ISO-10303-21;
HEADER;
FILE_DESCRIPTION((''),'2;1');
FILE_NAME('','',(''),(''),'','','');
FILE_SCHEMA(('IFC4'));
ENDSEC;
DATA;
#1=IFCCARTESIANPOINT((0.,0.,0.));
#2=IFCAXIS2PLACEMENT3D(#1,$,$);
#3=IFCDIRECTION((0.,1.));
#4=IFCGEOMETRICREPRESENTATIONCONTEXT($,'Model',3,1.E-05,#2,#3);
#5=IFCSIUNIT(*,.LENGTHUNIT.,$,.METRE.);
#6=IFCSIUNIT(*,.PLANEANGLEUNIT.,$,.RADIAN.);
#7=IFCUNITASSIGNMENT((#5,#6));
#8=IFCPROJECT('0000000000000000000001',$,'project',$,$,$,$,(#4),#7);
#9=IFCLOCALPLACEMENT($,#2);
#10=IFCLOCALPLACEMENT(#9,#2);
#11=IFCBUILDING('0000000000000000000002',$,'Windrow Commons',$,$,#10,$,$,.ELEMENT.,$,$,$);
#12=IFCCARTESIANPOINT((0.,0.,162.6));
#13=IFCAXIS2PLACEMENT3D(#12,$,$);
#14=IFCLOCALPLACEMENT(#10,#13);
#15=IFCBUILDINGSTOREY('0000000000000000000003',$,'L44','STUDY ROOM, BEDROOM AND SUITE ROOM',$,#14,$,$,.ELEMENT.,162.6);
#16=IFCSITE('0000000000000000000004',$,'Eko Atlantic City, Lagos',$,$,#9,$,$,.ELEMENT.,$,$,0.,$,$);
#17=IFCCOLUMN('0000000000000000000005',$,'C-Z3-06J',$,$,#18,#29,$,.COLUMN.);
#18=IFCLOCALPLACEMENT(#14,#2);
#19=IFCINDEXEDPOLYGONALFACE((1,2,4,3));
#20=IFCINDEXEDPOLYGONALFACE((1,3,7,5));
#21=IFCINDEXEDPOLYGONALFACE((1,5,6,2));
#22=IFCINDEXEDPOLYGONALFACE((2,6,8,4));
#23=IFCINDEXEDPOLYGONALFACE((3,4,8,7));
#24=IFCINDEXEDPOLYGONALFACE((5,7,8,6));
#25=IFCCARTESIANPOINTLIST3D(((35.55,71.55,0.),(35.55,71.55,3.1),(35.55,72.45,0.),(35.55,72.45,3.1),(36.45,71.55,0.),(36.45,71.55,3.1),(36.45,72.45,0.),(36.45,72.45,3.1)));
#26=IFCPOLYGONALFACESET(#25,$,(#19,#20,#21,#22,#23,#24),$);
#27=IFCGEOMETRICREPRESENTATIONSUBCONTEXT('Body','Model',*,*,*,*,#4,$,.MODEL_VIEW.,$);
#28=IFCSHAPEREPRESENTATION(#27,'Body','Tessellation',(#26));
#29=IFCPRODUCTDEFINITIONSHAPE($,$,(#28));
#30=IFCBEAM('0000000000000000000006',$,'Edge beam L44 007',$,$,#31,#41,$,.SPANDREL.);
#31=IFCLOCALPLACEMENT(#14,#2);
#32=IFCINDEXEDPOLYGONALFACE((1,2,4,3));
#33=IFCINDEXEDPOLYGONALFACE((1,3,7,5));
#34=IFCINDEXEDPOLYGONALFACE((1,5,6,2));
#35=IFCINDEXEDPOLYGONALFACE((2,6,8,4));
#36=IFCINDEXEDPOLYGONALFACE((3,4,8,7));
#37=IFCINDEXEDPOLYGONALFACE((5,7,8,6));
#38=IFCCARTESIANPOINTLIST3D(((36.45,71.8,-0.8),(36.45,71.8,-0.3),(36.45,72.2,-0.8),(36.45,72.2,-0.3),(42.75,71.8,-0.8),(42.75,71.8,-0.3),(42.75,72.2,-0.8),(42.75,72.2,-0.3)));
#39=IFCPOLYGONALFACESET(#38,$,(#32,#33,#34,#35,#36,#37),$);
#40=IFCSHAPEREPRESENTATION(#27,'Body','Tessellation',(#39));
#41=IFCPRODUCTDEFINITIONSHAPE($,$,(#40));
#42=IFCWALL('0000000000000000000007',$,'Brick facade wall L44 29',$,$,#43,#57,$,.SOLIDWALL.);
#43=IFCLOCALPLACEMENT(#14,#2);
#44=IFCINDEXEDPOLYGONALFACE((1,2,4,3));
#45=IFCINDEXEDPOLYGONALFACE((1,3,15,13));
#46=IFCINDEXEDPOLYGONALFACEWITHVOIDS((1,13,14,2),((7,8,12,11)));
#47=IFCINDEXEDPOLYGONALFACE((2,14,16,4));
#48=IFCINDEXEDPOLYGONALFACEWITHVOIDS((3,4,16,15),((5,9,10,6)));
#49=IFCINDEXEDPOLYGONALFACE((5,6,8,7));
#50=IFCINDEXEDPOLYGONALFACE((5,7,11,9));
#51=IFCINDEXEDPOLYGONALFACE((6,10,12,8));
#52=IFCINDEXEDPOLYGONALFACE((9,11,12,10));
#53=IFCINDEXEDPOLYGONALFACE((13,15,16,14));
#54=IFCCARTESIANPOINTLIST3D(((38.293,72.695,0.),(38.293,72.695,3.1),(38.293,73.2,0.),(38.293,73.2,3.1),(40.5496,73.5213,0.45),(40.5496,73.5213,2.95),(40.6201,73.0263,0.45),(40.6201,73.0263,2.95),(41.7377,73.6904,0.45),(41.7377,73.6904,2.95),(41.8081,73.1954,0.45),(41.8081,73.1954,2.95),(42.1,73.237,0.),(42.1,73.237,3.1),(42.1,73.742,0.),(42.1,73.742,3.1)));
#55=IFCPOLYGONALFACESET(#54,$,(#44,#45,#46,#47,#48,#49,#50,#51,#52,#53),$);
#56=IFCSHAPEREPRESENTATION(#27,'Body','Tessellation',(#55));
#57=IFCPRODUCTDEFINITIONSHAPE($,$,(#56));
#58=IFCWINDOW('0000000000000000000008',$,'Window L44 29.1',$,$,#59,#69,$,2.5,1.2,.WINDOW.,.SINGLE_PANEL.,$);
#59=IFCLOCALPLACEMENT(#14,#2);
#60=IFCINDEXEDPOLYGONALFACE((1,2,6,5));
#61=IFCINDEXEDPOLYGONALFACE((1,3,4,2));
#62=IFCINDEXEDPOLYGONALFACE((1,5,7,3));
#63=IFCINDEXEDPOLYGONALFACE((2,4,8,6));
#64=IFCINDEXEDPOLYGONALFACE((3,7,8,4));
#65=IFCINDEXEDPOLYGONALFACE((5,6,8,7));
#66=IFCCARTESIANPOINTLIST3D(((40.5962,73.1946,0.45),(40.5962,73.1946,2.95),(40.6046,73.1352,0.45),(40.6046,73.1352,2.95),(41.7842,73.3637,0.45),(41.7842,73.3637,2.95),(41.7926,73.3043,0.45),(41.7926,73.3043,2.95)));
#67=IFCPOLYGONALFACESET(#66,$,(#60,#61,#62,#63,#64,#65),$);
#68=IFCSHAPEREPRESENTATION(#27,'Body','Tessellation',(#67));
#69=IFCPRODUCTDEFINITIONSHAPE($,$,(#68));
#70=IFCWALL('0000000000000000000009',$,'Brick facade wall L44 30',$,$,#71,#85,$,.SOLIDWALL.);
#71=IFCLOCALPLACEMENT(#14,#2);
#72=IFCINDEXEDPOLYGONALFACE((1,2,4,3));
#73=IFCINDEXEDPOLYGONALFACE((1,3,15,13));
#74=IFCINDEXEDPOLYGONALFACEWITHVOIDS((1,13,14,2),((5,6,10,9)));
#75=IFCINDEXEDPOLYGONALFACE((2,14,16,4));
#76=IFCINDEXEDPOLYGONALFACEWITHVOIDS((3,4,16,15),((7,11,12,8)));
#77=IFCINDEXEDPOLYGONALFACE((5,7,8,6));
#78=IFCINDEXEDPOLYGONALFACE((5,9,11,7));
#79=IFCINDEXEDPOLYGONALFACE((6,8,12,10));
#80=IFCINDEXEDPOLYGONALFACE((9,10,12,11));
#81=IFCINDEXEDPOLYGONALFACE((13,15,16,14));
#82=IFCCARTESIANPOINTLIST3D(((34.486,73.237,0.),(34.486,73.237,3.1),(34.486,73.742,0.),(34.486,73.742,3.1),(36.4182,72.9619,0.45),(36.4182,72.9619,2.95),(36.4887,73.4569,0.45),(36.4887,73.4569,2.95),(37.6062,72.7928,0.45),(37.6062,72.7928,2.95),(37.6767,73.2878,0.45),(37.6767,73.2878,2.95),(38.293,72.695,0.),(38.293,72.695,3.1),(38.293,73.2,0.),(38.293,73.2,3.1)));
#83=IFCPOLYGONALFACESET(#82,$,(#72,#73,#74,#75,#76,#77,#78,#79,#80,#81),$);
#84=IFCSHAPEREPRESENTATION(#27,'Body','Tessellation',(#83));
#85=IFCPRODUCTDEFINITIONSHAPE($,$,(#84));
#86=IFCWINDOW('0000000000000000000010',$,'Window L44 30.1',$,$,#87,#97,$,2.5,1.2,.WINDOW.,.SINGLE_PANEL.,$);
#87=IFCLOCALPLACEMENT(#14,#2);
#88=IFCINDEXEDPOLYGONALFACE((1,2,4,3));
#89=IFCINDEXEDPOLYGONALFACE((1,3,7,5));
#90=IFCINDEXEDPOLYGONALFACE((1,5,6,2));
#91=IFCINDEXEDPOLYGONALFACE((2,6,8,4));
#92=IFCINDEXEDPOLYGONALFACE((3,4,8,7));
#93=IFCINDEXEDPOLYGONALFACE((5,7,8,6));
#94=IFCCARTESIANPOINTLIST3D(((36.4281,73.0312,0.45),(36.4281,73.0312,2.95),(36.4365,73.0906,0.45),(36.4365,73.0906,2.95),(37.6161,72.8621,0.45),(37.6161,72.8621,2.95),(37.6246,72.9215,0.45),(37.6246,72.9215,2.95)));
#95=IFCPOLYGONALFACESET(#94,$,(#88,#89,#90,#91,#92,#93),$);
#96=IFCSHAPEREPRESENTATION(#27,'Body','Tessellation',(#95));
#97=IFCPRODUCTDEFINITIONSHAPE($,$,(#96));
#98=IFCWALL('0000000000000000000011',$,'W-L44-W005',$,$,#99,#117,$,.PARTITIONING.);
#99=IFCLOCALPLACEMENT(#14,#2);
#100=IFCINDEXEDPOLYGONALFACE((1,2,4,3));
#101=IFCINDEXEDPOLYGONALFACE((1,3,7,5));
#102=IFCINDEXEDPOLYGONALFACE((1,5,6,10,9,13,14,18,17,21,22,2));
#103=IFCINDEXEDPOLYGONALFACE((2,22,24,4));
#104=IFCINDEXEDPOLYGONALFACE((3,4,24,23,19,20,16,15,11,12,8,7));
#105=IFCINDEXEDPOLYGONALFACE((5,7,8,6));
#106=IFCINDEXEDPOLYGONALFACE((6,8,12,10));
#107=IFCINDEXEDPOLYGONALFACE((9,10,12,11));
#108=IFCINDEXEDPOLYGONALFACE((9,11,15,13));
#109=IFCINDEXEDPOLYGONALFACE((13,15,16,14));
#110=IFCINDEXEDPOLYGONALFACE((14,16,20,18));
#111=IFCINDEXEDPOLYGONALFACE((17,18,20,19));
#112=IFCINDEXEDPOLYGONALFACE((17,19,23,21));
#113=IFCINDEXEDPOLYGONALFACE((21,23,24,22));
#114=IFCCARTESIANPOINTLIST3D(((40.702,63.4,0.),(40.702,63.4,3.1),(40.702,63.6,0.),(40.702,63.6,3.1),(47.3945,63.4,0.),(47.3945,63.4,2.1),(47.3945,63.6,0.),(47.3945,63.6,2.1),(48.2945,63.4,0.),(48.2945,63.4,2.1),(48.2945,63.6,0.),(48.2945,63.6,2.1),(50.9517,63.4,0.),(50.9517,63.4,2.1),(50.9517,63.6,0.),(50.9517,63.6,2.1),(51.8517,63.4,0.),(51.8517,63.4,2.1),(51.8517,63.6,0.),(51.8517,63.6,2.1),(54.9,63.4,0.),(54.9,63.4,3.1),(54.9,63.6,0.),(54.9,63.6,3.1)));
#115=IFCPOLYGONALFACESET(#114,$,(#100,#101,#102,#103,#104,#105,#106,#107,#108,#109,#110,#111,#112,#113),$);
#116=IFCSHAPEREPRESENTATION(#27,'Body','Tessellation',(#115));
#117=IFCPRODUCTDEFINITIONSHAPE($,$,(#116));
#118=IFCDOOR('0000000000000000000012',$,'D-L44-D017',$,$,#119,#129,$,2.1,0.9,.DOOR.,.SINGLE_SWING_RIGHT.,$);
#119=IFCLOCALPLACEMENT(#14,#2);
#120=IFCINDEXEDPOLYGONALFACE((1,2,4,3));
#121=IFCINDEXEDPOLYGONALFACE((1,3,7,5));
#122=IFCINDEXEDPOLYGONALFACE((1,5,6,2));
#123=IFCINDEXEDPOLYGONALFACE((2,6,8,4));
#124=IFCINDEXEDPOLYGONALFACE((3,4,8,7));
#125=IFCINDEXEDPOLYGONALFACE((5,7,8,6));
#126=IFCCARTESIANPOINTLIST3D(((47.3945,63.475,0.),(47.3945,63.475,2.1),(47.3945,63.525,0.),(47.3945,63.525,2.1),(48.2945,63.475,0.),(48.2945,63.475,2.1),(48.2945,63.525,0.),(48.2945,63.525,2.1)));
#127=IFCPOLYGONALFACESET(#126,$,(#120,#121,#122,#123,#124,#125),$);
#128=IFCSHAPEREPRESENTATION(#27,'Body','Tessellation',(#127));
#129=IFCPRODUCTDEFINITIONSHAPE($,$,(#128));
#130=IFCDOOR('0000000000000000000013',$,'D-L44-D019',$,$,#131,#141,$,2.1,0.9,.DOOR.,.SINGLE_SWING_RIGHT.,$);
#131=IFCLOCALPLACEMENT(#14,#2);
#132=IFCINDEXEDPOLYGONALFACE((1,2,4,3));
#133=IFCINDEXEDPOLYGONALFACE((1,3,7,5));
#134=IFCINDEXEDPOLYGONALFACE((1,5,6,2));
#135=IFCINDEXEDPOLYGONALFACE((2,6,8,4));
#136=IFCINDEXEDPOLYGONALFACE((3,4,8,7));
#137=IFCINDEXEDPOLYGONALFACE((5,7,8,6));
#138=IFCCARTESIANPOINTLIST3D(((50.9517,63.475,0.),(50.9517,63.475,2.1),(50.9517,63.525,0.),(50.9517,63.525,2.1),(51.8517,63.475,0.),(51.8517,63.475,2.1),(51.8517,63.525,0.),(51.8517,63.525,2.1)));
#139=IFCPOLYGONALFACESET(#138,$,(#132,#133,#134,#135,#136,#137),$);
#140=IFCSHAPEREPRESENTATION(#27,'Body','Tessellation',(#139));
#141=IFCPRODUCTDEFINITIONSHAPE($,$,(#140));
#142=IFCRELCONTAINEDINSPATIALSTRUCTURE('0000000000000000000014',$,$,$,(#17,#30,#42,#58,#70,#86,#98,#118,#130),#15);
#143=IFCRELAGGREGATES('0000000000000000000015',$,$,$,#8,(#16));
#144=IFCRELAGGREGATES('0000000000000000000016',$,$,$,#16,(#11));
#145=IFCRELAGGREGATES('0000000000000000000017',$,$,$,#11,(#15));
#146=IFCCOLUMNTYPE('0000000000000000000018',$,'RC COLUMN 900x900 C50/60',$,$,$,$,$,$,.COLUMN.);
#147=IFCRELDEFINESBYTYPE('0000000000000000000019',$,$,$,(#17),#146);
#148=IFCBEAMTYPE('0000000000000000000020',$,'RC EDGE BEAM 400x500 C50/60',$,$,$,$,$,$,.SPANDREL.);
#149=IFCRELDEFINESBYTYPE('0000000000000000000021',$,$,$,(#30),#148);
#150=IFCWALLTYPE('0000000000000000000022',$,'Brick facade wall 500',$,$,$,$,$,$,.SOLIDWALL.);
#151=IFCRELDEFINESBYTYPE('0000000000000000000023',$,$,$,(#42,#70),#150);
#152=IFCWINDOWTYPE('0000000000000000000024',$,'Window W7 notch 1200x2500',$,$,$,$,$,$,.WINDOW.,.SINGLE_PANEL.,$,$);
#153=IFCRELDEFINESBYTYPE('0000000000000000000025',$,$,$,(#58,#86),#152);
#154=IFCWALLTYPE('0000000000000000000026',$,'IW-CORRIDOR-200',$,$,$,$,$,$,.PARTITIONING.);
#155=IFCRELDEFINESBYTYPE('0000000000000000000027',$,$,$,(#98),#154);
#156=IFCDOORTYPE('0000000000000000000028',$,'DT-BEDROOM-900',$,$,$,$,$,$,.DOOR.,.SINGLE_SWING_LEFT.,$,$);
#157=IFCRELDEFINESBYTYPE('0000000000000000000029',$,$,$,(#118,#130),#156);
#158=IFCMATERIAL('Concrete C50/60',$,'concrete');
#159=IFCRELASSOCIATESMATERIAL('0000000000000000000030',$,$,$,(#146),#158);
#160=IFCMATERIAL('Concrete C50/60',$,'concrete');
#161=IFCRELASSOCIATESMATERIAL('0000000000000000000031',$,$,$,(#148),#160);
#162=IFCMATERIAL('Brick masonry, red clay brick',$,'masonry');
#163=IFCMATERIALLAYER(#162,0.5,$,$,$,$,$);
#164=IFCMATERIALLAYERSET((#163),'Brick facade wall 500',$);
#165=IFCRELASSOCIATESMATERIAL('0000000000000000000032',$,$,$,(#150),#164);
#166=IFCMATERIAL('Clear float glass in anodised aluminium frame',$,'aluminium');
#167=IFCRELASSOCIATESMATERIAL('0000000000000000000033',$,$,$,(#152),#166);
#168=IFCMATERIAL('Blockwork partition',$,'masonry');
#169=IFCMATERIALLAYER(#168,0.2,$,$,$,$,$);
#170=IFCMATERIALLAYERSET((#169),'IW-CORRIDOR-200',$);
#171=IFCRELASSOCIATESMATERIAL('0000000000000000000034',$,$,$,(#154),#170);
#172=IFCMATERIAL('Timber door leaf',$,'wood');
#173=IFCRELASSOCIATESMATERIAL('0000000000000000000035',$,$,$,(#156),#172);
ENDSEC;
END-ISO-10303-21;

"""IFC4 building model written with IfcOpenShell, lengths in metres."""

from ifc_helpers import new_model, si_unit, direction, frame, frame_2d, origin, origin_2d, place, context, subcontext, project, spatial, polyline, rectangle, outline, extrude, material, layer, layer_set, material_profile, profile_set, type_object, element, fill, save


model = new_model("IFC4")

# Units and contexts
model_context = context("Model", 3, precision=1e-05, world=origin(), true_north=direction((0.0, 1.0)))
body_context = subcontext(model_context, "Body", "Model", "MODEL_VIEW")
ifc_project = project(units=[si_unit("LENGTHUNIT", "METRE"), si_unit("PLANEANGLEUNIT", "RADIAN")], contexts=[model_context])

# Site, building, storey
site_placement = place(None, origin())
site = spatial("IfcSite", under=ifc_project, at=site_placement, Name="Eko Atlantic City, Lagos", CompositionType="ELEMENT", RefElevation=0.0)
building_placement = place(site_placement, origin())
building = spatial("IfcBuilding", under=site, at=building_placement, Name="Windrow Commons", CompositionType="ELEMENT")
storey_placement = place(building_placement, frame((0.0, 0.0, 162.6)))
storey = spatial("IfcBuildingStorey", under=building, at=storey_placement, Name="L44", Description="STUDY ROOM, BEDROOM AND SUITE ROOM", CompositionType="ELEMENT", Elevation=162.6)

# Column
ifc_material_1 = material(Name="Concrete C50/60", Category="concrete")
ifc_material_profile_1 = material_profile(ifc_material_1, rectangle(XDim=0.9, YDim=0.9, at=origin_2d()))
ifc_profile_set_1 = profile_set([ifc_material_profile_1], Name="Concrete C50/60")
column_type = type_object("IfcColumnType", Name="RC COLUMN 900x900 C50/60", PredefinedType="COLUMN", material=ifc_profile_set_1)
column_placement = place(storey_placement, frame((36.0, 72.0, 0.0), z_axis=(0.0, 0.0, 1.0), x_axis=(1.0, 0.0, 0.0)))
element("IfcColumn", 1, at=column_placement, inside=storey, type_object=column_type, Name="C-Z3-06J", PredefinedType="COLUMN", context=body_context, shape_type="SweptSolid", body=[
    extrude(rectangle(XDim=0.9, YDim=0.9, at=origin_2d()), origin(), (0.0, 0.0, 1.0), 3.1),
])

# Beam
ifc_material_2 = material(Name="Concrete C50/60", Category="concrete")
ifc_material_profile_2 = material_profile(ifc_material_2, rectangle(XDim=0.4, YDim=0.5, at=origin_2d()))
ifc_profile_set_2 = profile_set([ifc_material_profile_2], Name="Concrete C50/60")
beam_type = type_object("IfcBeamType", Name="RC EDGE BEAM 400x500 C50/60", PredefinedType="SPANDREL", material=ifc_profile_set_2)
beam_placement = place(storey_placement, frame((36.45, 72.0, -0.55), z_axis=(1.0, 0.0, 0.0), x_axis=(0.0, 1.0, 0.0)))
element("IfcBeam", 2, at=beam_placement, inside=storey, type_object=beam_type, Name="Edge beam L44 007", PredefinedType="SPANDREL", context=body_context, shape_type="SweptSolid", body=[
    extrude(rectangle(XDim=0.4, YDim=0.5, at=origin_2d()), origin(), (0.0, 0.0, 1.0), 6.3),
])

# Walls, openings, windows
ifc_material_3 = material(Name="Brick masonry, red clay brick", Category="masonry")
ifc_layer_1 = layer(ifc_material_3, 0.5)
ifc_layer_set_1 = layer_set([ifc_layer_1], Name="Brick facade wall 500")
wall_type_1 = type_object("IfcWallType", Name="Brick facade wall 500", PredefinedType="SOLIDWALL", material=ifc_layer_set_1)
wall_1_placement = place(storey_placement, frame((42.1, 73.4895, 0.0), z_axis=(0.0, 0.0, 1.0), x_axis=(-0.990017, -0.140948, 0.0)))
wall_1 = element("IfcWall", 3, at=wall_1_placement, inside=storey, type_object=wall_type_1, Name="Brick facade wall L44 29", PredefinedType="SOLIDWALL", context=body_context, shape_type="SweptSolid", body=[
    extrude(outline(polyline([(-0.0356, -0.25), (3.8098, -0.25), (3.881, 0.25), (0.0356, 0.25), (-0.0356, -0.25)])), origin(), (0.0, 0.0, 1.0), 3.1),
])
opening_1_placement = place(wall_1_placement, frame((0.3304, 0.0, 0.45)))
opening_1 = element("IfcOpeningElement", 4, at=opening_1_placement, cuts=wall_1, PredefinedType="OPENING", context=body_context, shape_type="SweptSolid", body=[
    extrude(rectangle(XDim=1.2, YDim=2.5, at=frame_2d((0.6, 1.25))), frame((0.0, 0.26, 0.0), z_axis=(0.0, -1.0, 0.0), x_axis=(1.0, 0.0, 0.0)), (0.0, 0.0, 1.0), 0.52),
])
ifc_material_4 = material(Name="Clear float glass in anodised aluminium frame", Category="aluminium")
window_type = type_object("IfcWindowType", Name="Window W7 notch 1200x2500", PartitioningType="SINGLE_PANEL", PredefinedType="WINDOW", material=ifc_material_4)
window_1_placement = place(opening_1_placement, origin())
window_1 = element("IfcWindow", 5, at=window_1_placement, inside=storey, type_object=window_type, Name="Window L44 29.1", OverallHeight=2.5, OverallWidth=1.2, PartitioningType="SINGLE_PANEL", PredefinedType="WINDOW", context=body_context, shape_type="SweptSolid", body=[
    extrude(rectangle(XDim=1.2, YDim=2.5, at=frame_2d((0.6, 1.25))), frame((0.0, 0.14, 0.0), z_axis=(0.0, -1.0, 0.0), x_axis=(1.0, 0.0, 0.0)), (0.0, 0.0, 1.0), 0.06),
])
fill(opening_1, window_1)
wall_2_placement = place(storey_placement, frame((38.293, 72.9475, 0.0), z_axis=(0.0, 0.0, 1.0), x_axis=(-0.990017, 0.140948, 0.0)))
wall_2 = element("IfcWall", 6, at=wall_2_placement, inside=storey, type_object=wall_type_1, Name="Brick facade wall L44 30", PredefinedType="SOLIDWALL", context=body_context, shape_type="SweptSolid", body=[
    extrude(outline(polyline([(0.0356, -0.25), (3.881, -0.25), (3.8098, 0.25), (-0.0356, 0.25), (0.0356, -0.25)])), origin(), (0.0, 0.0, 1.0), 3.1),
])
opening_2_placement = place(wall_2_placement, frame((0.6581, 0.0, 0.45)))
opening_2 = element("IfcOpeningElement", 7, at=opening_2_placement, cuts=wall_2, PredefinedType="OPENING", context=body_context, shape_type="SweptSolid", body=[
    extrude(rectangle(XDim=1.2, YDim=2.5, at=frame_2d((0.6, 1.25))), frame((0.0, 0.26, 0.0), z_axis=(0.0, -1.0, 0.0), x_axis=(1.0, 0.0, 0.0)), (0.0, 0.0, 1.0), 0.52),
])
window_2_placement = place(opening_2_placement, origin())
window_2 = element("IfcWindow", 8, at=window_2_placement, inside=storey, type_object=window_type, Name="Window L44 30.1", OverallHeight=2.5, OverallWidth=1.2, PartitioningType="SINGLE_PANEL", PredefinedType="WINDOW", context=body_context, shape_type="SweptSolid", body=[
    extrude(rectangle(XDim=1.2, YDim=2.5, at=frame_2d((0.6, 1.25))), frame((0.0, 0.18, 0.0), z_axis=(0.0, -1.0, 0.0), x_axis=(1.0, 0.0, 0.0)), (0.0, 0.0, 1.0), 0.06),
])
fill(opening_2, window_2)

# Wall, openings, doors
ifc_material_5 = material(Name="Blockwork partition", Category="masonry")
ifc_layer_2 = layer(ifc_material_5, 0.2)
ifc_layer_set_2 = layer_set([ifc_layer_2], Name="IW-CORRIDOR-200")
wall_type_2 = type_object("IfcWallType", Name="IW-CORRIDOR-200", PredefinedType="PARTITIONING", material=ifc_layer_set_2)
wall_3_placement = place(storey_placement, frame((40.702, 63.5, 0.0), z_axis=(0.0, 0.0, 1.0), x_axis=(1.0, 0.0, 0.0)))
wall_3 = element("IfcWall", 9, at=wall_3_placement, inside=storey, type_object=wall_type_2, Name="W-L44-W005", PredefinedType="PARTITIONING", context=body_context, shape_type="SweptSolid", body=[
    extrude(rectangle(XDim=14.198, YDim=0.2, at=frame_2d((7.099, 0.0))), origin(), (0.0, 0.0, 1.0), 3.1),
])
opening_3_placement = place(wall_3_placement, frame((6.6925, 0.0, 0.0)))
opening_3 = element("IfcOpeningElement", 10, at=opening_3_placement, cuts=wall_3, PredefinedType="OPENING", context=body_context, shape_type="SweptSolid", body=[
    extrude(rectangle(XDim=0.9, YDim=2.1, at=frame_2d((0.45, 1.05))), frame((0.0, 0.11, 0.0), z_axis=(0.0, -1.0, 0.0), x_axis=(1.0, 0.0, 0.0)), (0.0, 0.0, 1.0), 0.22),
])
opening_4_placement = place(wall_3_placement, frame((10.2497, 0.0, 0.0)))
opening_4 = element("IfcOpeningElement", 11, at=opening_4_placement, cuts=wall_3, PredefinedType="OPENING", context=body_context, shape_type="SweptSolid", body=[
    extrude(rectangle(XDim=0.9, YDim=2.1, at=frame_2d((0.45, 1.05))), frame((0.0, 0.11, 0.0), z_axis=(0.0, -1.0, 0.0), x_axis=(1.0, 0.0, 0.0)), (0.0, 0.0, 1.0), 0.22),
])
ifc_material_6 = material(Name="Timber door leaf", Category="wood")
door_type_1 = type_object("IfcDoorType", Name="DT-BEDROOM-900", OperationType="SINGLE_SWING_LEFT", PredefinedType="DOOR", material=ifc_material_6)
door_1_placement = place(opening_3_placement, origin())
door_1 = element("IfcDoor", 12, at=door_1_placement, inside=storey, type_object=door_type_1, Name="D-L44-D017", OperationType="SINGLE_SWING_RIGHT", OverallHeight=2.1, OverallWidth=0.9, PredefinedType="DOOR", context=body_context, shape_type="SweptSolid", body=[
    extrude(rectangle(XDim=0.9, YDim=2.1, at=frame_2d((0.45, 1.05))), frame((0.0, 0.025, 0.0), z_axis=(0.0, -1.0, 0.0), x_axis=(1.0, 0.0, 0.0)), (0.0, 0.0, 1.0), 0.05),
])
fill(opening_3, door_1)
door_2_placement = place(opening_4_placement, origin())
door_2 = element("IfcDoor", 13, at=door_2_placement, inside=storey, type_object=door_type_1, Name="D-L44-D019", OperationType="SINGLE_SWING_RIGHT", OverallHeight=2.1, OverallWidth=0.9, PredefinedType="DOOR", context=body_context, shape_type="SweptSolid", body=[
    extrude(rectangle(XDim=0.9, YDim=2.1, at=frame_2d((0.45, 1.05))), frame((0.0, 0.025, 0.0), z_axis=(0.0, -1.0, 0.0), x_axis=(1.0, 0.0, 0.0)), (0.0, 0.0, 1.0), 0.05),
])
fill(opening_4, door_2)

save(model, "model.ifc")
